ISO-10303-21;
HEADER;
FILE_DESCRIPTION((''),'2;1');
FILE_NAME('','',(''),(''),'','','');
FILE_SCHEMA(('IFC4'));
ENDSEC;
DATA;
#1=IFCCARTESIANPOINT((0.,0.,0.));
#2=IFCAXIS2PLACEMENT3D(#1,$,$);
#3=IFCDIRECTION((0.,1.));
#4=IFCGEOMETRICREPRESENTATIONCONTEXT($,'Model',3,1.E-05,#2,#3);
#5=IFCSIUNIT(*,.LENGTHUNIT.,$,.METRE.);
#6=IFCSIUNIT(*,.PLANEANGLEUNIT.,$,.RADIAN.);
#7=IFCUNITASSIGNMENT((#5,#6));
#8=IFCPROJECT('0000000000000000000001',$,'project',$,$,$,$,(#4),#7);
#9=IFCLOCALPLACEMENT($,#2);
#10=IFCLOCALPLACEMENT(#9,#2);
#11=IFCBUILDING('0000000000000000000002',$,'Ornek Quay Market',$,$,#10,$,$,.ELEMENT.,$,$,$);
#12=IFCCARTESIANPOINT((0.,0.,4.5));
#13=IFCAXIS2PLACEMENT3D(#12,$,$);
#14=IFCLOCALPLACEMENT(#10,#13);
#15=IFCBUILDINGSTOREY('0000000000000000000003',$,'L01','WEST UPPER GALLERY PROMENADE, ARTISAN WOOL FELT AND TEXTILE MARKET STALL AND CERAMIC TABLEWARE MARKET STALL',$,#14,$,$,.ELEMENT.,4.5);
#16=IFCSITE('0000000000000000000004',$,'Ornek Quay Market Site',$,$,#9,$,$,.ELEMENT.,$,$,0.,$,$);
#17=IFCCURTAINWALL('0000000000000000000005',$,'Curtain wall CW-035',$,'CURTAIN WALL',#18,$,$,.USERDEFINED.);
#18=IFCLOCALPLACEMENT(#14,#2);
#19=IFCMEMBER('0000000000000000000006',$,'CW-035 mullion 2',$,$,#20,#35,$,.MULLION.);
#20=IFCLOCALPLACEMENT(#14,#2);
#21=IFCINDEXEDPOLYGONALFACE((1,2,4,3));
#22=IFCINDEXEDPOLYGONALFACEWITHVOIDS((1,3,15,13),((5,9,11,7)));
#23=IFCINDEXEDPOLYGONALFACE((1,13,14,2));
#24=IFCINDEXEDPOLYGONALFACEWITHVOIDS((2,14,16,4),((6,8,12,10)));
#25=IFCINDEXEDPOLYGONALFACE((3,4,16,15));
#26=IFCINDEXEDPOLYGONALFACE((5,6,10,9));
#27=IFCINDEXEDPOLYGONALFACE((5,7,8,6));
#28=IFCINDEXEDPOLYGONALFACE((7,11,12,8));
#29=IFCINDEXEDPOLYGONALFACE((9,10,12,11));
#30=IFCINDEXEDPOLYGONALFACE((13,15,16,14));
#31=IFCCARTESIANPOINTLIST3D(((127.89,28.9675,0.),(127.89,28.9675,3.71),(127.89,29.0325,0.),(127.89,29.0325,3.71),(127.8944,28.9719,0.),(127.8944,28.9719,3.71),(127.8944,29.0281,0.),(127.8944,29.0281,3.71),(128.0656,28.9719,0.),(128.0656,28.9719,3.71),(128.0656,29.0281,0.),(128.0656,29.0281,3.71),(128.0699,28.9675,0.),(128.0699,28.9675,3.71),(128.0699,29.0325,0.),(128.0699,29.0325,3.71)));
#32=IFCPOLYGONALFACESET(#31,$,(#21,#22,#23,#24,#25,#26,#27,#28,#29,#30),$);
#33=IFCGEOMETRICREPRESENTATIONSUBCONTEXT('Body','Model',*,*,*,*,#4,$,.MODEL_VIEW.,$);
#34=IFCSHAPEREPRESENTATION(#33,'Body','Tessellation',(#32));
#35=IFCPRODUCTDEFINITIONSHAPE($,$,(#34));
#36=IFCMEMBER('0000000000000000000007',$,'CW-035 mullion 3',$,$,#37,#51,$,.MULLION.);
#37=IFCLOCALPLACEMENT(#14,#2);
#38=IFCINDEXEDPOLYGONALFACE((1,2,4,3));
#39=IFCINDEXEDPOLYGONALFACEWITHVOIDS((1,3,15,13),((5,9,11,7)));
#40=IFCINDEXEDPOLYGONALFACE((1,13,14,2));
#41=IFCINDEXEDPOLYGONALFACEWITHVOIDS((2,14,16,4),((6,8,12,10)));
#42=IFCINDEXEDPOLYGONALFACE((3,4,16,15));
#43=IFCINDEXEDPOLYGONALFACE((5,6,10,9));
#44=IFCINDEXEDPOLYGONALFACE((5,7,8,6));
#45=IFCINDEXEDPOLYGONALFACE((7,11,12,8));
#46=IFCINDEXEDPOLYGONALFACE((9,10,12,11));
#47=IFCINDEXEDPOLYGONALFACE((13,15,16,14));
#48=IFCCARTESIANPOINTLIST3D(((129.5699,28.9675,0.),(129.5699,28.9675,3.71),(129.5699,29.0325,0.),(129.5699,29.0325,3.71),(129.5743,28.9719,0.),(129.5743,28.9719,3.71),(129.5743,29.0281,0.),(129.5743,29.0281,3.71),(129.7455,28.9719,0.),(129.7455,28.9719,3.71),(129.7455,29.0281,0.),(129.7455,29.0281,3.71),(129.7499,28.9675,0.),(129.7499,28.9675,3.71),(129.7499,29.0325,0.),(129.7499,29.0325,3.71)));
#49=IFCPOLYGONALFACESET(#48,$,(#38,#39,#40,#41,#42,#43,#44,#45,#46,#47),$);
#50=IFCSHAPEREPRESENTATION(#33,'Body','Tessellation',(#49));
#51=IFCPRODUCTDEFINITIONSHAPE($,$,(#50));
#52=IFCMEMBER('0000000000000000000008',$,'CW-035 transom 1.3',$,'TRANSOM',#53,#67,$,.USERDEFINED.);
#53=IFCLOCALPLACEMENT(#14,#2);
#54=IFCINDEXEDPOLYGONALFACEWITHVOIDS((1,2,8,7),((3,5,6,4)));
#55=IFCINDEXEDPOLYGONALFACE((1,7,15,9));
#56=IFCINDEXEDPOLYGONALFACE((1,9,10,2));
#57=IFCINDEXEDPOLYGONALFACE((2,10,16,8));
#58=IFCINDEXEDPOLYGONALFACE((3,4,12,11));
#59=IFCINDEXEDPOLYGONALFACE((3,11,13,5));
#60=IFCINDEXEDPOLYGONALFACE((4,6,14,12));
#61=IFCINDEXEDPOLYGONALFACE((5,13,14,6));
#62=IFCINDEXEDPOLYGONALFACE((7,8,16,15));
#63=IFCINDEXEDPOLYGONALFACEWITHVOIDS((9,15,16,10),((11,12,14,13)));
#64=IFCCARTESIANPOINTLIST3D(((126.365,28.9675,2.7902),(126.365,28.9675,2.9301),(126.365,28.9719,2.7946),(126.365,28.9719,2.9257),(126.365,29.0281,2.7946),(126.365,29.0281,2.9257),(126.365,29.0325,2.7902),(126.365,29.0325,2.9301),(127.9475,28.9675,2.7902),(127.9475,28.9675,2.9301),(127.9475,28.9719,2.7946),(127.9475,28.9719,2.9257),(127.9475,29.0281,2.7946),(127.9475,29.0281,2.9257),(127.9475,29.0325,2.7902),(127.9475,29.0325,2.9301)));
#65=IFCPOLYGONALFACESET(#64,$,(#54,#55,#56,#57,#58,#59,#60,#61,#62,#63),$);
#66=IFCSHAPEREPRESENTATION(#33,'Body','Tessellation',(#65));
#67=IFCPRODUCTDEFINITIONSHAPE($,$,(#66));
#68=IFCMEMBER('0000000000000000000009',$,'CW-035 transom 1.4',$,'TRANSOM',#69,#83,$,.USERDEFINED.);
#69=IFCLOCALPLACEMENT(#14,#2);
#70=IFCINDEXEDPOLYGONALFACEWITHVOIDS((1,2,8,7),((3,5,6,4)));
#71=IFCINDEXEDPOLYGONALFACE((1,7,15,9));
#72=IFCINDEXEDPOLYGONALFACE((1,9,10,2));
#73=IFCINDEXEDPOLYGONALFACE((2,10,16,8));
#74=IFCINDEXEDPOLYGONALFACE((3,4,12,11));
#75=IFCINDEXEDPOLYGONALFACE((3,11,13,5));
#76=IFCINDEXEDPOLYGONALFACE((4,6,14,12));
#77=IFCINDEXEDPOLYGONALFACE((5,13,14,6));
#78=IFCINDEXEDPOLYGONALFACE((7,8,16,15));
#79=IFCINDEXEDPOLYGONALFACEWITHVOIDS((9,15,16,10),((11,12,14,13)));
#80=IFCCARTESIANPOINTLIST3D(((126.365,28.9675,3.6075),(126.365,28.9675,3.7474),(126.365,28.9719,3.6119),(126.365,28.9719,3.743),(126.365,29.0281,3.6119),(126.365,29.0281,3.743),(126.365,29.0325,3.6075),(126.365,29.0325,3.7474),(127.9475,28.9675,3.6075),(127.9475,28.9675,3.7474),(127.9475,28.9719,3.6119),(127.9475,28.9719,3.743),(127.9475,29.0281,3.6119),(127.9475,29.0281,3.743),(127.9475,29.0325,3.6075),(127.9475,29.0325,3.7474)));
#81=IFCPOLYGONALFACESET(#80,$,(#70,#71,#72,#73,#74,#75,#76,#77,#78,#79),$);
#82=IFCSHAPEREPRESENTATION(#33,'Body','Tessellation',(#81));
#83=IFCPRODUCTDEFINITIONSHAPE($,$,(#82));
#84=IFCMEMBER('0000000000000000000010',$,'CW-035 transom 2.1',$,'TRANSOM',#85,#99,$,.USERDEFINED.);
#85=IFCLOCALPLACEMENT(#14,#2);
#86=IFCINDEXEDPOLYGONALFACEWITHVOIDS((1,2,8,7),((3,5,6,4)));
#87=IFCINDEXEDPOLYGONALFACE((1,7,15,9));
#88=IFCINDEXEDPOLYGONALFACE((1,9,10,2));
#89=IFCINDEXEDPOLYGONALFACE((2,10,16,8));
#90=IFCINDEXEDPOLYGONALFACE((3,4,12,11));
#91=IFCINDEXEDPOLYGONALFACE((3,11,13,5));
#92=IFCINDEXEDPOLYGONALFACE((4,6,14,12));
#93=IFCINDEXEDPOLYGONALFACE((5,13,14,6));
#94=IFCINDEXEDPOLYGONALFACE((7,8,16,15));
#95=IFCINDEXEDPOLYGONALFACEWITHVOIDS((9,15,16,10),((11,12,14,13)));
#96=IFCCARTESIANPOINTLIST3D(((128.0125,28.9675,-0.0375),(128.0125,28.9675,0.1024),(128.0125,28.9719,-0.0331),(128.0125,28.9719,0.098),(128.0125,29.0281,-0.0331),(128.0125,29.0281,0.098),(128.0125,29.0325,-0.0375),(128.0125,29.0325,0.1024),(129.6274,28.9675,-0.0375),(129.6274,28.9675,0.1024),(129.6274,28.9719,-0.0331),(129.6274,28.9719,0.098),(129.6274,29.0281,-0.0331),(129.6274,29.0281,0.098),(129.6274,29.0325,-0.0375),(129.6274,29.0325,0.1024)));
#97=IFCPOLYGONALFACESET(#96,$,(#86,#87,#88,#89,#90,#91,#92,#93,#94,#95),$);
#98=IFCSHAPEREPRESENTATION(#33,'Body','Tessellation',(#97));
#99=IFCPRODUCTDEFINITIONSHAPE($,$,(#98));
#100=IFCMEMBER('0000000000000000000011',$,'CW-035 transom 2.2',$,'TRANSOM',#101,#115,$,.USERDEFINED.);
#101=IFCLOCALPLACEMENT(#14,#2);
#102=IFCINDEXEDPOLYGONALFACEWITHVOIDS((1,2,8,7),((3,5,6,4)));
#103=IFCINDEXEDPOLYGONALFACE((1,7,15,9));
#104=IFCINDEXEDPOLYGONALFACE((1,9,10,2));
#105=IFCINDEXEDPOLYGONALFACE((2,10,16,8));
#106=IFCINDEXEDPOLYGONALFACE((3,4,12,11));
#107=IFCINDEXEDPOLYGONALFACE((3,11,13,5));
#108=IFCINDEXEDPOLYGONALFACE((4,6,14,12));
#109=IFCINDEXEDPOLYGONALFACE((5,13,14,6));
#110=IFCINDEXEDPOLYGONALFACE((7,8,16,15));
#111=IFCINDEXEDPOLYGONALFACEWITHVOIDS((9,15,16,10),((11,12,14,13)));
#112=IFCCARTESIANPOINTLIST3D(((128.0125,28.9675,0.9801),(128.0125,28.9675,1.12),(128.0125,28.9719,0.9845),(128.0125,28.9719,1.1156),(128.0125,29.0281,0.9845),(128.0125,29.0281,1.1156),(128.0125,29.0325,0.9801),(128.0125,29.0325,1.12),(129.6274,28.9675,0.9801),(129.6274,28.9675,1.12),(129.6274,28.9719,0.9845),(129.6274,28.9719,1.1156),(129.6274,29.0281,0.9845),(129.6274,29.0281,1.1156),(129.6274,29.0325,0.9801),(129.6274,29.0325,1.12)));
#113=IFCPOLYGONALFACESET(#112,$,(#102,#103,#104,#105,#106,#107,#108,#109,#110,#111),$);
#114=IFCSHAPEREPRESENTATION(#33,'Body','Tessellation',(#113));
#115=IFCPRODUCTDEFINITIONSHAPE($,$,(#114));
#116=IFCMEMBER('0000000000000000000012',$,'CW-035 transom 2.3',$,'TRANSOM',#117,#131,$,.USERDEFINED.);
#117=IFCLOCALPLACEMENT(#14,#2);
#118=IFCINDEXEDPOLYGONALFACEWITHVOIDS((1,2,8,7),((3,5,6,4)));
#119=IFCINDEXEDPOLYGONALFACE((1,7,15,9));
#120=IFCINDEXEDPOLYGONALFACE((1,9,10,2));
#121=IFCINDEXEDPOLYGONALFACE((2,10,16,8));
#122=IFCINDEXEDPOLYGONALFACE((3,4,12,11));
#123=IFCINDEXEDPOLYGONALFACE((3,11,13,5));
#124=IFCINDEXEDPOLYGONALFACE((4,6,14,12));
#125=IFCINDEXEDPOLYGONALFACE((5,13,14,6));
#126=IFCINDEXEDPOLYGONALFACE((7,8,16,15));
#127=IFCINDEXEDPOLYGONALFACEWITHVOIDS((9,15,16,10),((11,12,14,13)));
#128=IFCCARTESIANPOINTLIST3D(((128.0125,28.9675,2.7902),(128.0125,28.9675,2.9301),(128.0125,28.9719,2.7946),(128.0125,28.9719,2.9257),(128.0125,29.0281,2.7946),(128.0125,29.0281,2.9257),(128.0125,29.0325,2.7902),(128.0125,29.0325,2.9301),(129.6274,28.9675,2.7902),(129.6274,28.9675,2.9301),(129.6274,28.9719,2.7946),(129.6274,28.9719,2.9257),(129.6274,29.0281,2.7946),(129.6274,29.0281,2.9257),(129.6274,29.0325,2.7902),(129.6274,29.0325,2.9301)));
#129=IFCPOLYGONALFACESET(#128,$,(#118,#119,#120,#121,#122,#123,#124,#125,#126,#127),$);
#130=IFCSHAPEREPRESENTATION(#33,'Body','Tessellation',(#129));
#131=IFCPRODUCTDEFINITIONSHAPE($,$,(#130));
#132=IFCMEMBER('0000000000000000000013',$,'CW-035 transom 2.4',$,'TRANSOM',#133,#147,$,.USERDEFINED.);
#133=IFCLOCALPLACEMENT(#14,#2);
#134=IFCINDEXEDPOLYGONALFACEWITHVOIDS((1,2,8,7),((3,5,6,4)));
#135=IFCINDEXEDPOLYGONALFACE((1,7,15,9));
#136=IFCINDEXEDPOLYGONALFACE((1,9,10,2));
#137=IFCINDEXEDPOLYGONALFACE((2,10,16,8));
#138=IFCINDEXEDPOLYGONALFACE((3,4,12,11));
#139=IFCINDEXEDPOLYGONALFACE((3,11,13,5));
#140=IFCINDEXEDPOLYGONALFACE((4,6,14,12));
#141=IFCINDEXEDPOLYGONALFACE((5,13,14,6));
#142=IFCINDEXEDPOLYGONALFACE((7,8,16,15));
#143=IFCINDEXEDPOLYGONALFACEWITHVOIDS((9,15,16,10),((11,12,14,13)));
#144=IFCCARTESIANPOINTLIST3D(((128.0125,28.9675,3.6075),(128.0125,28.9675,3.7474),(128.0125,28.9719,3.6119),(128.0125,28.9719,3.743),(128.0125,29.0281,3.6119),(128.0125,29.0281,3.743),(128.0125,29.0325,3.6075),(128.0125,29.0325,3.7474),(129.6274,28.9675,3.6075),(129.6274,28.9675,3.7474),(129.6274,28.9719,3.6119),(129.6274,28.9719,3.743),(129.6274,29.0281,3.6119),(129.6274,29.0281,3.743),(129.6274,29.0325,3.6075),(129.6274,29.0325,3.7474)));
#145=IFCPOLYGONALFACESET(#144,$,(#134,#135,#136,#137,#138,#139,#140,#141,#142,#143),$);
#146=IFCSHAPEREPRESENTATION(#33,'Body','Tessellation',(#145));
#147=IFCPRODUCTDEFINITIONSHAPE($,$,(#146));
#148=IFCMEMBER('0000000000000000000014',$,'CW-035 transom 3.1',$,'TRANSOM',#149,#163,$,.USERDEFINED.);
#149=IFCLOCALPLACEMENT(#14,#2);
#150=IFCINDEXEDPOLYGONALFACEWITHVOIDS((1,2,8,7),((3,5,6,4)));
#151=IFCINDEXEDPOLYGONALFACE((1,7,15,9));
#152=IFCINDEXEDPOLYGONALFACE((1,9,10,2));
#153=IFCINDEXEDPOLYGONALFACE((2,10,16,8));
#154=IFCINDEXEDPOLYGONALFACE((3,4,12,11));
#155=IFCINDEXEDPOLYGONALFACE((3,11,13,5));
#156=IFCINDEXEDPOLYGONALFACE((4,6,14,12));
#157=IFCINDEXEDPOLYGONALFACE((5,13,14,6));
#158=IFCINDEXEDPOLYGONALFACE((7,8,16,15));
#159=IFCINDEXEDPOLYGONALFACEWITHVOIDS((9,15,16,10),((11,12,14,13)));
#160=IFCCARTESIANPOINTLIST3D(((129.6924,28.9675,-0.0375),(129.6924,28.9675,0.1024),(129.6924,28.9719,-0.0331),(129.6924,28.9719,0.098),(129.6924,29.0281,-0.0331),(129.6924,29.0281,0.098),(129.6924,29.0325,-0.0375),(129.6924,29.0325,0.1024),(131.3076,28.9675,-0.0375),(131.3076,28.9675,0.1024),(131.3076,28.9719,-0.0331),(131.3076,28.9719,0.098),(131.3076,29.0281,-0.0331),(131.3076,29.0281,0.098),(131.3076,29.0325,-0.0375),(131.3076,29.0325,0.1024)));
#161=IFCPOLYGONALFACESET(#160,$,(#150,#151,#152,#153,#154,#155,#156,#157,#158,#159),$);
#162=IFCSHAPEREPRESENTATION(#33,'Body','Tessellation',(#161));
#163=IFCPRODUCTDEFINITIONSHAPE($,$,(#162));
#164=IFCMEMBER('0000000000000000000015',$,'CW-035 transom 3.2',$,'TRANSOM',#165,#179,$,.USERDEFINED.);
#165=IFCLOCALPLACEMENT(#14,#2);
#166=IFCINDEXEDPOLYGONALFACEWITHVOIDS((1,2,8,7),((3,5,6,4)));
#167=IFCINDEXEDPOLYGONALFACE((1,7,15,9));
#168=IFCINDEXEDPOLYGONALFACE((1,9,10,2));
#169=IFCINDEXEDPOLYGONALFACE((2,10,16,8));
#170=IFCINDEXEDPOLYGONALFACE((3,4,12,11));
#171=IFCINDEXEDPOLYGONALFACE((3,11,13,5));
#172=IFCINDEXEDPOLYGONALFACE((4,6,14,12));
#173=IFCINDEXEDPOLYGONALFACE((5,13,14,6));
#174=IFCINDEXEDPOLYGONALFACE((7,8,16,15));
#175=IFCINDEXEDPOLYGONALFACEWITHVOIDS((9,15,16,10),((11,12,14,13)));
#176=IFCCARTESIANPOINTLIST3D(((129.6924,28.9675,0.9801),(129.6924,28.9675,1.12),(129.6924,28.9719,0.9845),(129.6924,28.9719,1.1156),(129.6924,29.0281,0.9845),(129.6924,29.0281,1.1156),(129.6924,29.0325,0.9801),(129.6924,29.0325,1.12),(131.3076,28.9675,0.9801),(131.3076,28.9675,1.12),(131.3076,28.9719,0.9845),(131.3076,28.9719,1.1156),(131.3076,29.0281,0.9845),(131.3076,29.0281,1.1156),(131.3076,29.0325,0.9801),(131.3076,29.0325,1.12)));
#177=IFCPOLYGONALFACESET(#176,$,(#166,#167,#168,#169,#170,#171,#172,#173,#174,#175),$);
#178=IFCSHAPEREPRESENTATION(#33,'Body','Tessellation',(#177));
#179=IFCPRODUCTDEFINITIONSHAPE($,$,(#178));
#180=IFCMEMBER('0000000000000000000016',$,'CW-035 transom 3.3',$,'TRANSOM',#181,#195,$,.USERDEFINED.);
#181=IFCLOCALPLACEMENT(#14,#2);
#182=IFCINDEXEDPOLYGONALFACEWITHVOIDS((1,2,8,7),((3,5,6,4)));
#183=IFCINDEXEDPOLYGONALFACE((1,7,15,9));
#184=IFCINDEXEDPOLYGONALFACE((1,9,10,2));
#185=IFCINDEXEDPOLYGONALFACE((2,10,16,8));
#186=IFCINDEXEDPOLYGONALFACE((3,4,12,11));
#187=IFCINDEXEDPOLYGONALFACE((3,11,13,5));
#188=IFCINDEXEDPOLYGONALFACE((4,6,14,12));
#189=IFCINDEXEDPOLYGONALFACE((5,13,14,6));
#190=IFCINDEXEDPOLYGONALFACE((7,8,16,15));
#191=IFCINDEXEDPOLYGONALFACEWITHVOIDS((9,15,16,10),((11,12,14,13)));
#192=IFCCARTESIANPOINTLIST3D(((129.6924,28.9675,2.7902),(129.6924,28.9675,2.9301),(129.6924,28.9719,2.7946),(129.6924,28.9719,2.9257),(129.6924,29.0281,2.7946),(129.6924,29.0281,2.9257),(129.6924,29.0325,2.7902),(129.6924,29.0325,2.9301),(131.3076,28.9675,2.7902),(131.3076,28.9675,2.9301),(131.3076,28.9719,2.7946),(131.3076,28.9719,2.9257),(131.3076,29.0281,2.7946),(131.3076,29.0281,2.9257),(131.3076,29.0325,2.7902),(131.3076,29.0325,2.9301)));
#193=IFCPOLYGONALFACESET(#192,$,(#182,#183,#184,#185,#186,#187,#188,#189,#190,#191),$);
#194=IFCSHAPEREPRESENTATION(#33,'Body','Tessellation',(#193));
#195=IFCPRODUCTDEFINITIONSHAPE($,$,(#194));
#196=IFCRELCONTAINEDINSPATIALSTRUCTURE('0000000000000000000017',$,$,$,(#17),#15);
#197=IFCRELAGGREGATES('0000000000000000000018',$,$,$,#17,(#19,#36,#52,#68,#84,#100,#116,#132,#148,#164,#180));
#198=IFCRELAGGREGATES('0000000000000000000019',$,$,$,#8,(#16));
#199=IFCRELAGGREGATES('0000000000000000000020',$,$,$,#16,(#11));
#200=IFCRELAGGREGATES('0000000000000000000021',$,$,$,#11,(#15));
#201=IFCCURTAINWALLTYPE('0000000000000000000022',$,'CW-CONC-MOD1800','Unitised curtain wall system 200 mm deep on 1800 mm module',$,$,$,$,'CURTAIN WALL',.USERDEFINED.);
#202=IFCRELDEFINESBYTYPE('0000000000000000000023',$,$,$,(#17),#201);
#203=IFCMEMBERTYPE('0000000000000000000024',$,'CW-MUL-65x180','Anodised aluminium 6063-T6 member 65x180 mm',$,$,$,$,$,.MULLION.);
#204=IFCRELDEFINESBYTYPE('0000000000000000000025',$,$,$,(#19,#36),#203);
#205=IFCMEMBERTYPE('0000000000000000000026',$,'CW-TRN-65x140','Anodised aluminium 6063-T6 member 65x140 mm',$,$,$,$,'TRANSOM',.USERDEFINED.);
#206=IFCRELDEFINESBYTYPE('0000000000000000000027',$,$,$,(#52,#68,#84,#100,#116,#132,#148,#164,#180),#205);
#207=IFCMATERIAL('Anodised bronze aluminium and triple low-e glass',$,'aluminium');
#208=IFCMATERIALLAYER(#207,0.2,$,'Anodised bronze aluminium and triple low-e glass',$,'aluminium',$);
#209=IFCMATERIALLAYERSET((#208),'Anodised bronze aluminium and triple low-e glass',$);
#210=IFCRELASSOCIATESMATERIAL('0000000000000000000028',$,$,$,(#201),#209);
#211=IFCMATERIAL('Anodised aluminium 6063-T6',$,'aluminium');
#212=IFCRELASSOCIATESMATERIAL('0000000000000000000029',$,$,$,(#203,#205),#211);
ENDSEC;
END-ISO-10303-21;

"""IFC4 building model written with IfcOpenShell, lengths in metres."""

from ifc_helpers import new_model, si_unit, direction, frame, origin, origin_2d, place, context, subcontext, project, spatial, hollow_rectangle, extrude, material, layer, layer_set, material_profile, profile_set, type_object, element, aggregate, save


model = new_model("IFC4")

# Units and contexts
model_context = context("Model", 3, precision=1e-05, world=origin(), true_north=direction((0.0, 1.0)))
body_context = subcontext(model_context, "Body", "Model", "MODEL_VIEW")
ifc_project = project(units=[si_unit("LENGTHUNIT", "METRE"), si_unit("PLANEANGLEUNIT", "RADIAN")], contexts=[model_context])

# Site, building, storey
site_placement = place(None, origin())
site = spatial("IfcSite", under=ifc_project, at=site_placement, Name="Ornek Quay Market Site", CompositionType="ELEMENT", RefElevation=0.0)
building_placement = place(site_placement, origin())
building = spatial("IfcBuilding", under=site, at=building_placement, Name="Ornek Quay Market", CompositionType="ELEMENT")
storey_placement = place(building_placement, frame((0.0, 0.0, 4.5)))
storey = spatial("IfcBuildingStorey", under=building, at=storey_placement, Name="L01", Description="WEST UPPER GALLERY PROMENADE, ARTISAN WOOL FELT AND TEXTILE MARKET STALL AND CERAMIC TABLEWARE MARKET STALL", CompositionType="ELEMENT", Elevation=4.5)

# Curtain wall, members
ifc_material_1 = material(Name="Anodised bronze aluminium and triple low-e glass", Category="aluminium")
ifc_layer_1 = layer(ifc_material_1, 0.2, Name="Anodised bronze aluminium and triple low-e glass", Category="aluminium")
ifc_layer_set_1 = layer_set([ifc_layer_1], Name="Anodised bronze aluminium and triple low-e glass")
curtain_wall_type = type_object("IfcCurtainWallType", Name="CW-CONC-MOD1800", Description="Unitised curtain wall system 200 mm deep on 1800 mm module", ElementType="CURTAIN WALL", PredefinedType="USERDEFINED", material=ifc_layer_set_1)
curtain_wall_placement = place(storey_placement, origin())
curtain_wall = element("IfcCurtainWall", 1, at=curtain_wall_placement, inside=storey, type_object=curtain_wall_type, Name="Curtain wall CW-035", ObjectType="CURTAIN WALL", PredefinedType="USERDEFINED")
ifc_material_2 = material(Name="Anodised aluminium 6063-T6", Category="aluminium")
ifc_material_profile_1 = material_profile(ifc_material_2, hollow_rectangle(XDim=0.0649, YDim=0.1799, WallThickness=0.0044, at=origin_2d()), Name="CW-MUL-65x180", Category="aluminium")
ifc_profile_set_1 = profile_set([ifc_material_profile_1], Name="Anodised aluminium 6063-T6")
member_type_1 = type_object("IfcMemberType", Name="CW-MUL-65x180", Description="Anodised aluminium 6063-T6 member 65x180 mm", PredefinedType="MULLION", material=ifc_profile_set_1)
member_1_placement = place(storey_placement, frame((127.98, 29.0, 0.0), z_axis=(0.0, 0.0, 1.0), x_axis=(0.0, 1.0, 0.0)))
member_1 = element("IfcMember", 2, at=member_1_placement, type_object=member_type_1, Name="CW-035 mullion 2", PredefinedType="MULLION", context=body_context, shape_type="SweptSolid", body=[
    extrude(hollow_rectangle(XDim=0.0649, YDim=0.1799, WallThickness=0.0044, at=origin_2d()), origin(), (0.0, 0.0, 1.0), 3.71),
])
member_2_placement = place(storey_placement, frame((129.6599, 29.0, 0.0), z_axis=(0.0, 0.0, 1.0), x_axis=(0.0, 1.0, 0.0)))
member_2 = element("IfcMember", 3, at=member_2_placement, type_object=member_type_1, Name="CW-035 mullion 3", PredefinedType="MULLION", context=body_context, shape_type="SweptSolid", body=[
    extrude(hollow_rectangle(XDim=0.0649, YDim=0.1799, WallThickness=0.0044, at=origin_2d()), origin(), (0.0, 0.0, 1.0), 3.71),
])
ifc_material_profile_2 = material_profile(ifc_material_2, hollow_rectangle(XDim=0.0649, YDim=0.1399, WallThickness=0.0044, at=origin_2d()), Name="CW-TRN-65x140", Category="aluminium")
ifc_profile_set_2 = profile_set([ifc_material_profile_2], Name="Anodised aluminium 6063-T6")
member_type_2 = type_object("IfcMemberType", Name="CW-TRN-65x140", Description="Anodised aluminium 6063-T6 member 65x140 mm", ElementType="TRANSOM", PredefinedType="USERDEFINED", material=ifc_profile_set_2)
member_3_placement = place(storey_placement, frame((126.365, 29.0, 2.8601), z_axis=(1.0, 0.0, 0.0), x_axis=(0.0, 1.0, 0.0)))
member_3 = element("IfcMember", 4, at=member_3_placement, type_object=member_type_2, Name="CW-035 transom 1.3", ObjectType="TRANSOM", PredefinedType="USERDEFINED", context=body_context, shape_type="SweptSolid", body=[
    extrude(hollow_rectangle(XDim=0.0649, YDim=0.1399, WallThickness=0.0044, at=origin_2d()), origin(), (0.0, 0.0, 1.0), 1.5825),
])
member_4_placement = place(storey_placement, frame((126.365, 29.0, 3.6775), z_axis=(1.0, 0.0, 0.0), x_axis=(0.0, 1.0, 0.0)))
member_4 = element("IfcMember", 5, at=member_4_placement, type_object=member_type_2, Name="CW-035 transom 1.4", ObjectType="TRANSOM", PredefinedType="USERDEFINED", context=body_context, shape_type="SweptSolid", body=[
    extrude(hollow_rectangle(XDim=0.0649, YDim=0.1399, WallThickness=0.0044, at=origin_2d()), origin(), (0.0, 0.0, 1.0), 1.5825),
])
member_5_placement = place(storey_placement, frame((128.0125, 29.0, 0.0325), z_axis=(1.0, 0.0, 0.0), x_axis=(0.0, 1.0, 0.0)))
member_5 = element("IfcMember", 6, at=member_5_placement, type_object=member_type_2, Name="CW-035 transom 2.1", ObjectType="TRANSOM", PredefinedType="USERDEFINED", context=body_context, shape_type="SweptSolid", body=[
    extrude(hollow_rectangle(XDim=0.0649, YDim=0.1399, WallThickness=0.0044, at=origin_2d()), origin(), (0.0, 0.0, 1.0), 1.615),
])
member_6_placement = place(storey_placement, frame((128.0125, 29.0, 1.05), z_axis=(1.0, 0.0, 0.0), x_axis=(0.0, 1.0, 0.0)))
member_6 = element("IfcMember", 7, at=member_6_placement, type_object=member_type_2, Name="CW-035 transom 2.2", ObjectType="TRANSOM", PredefinedType="USERDEFINED", context=body_context, shape_type="SweptSolid", body=[
    extrude(hollow_rectangle(XDim=0.0649, YDim=0.1399, WallThickness=0.0044, at=origin_2d()), origin(), (0.0, 0.0, 1.0), 1.615),
])
member_7_placement = place(storey_placement, frame((128.0125, 29.0, 2.8601), z_axis=(1.0, 0.0, 0.0), x_axis=(0.0, 1.0, 0.0)))
member_7 = element("IfcMember", 8, at=member_7_placement, type_object=member_type_2, Name="CW-035 transom 2.3", ObjectType="TRANSOM", PredefinedType="USERDEFINED", context=body_context, shape_type="SweptSolid", body=[
    extrude(hollow_rectangle(XDim=0.0649, YDim=0.1399, WallThickness=0.0044, at=origin_2d()), origin(), (0.0, 0.0, 1.0), 1.615),
])
member_8_placement = place(storey_placement, frame((128.0125, 29.0, 3.6775), z_axis=(1.0, 0.0, 0.0), x_axis=(0.0, 1.0, 0.0)))
member_8 = element("IfcMember", 9, at=member_8_placement, type_object=member_type_2, Name="CW-035 transom 2.4", ObjectType="TRANSOM", PredefinedType="USERDEFINED", context=body_context, shape_type="SweptSolid", body=[
    extrude(hollow_rectangle(XDim=0.0649, YDim=0.1399, WallThickness=0.0044, at=origin_2d()), origin(), (0.0, 0.0, 1.0), 1.615),
])
member_9_placement = place(storey_placement, frame((129.6924, 29.0, 0.0325), z_axis=(1.0, 0.0, 0.0), x_axis=(0.0, 1.0, 0.0)))
member_9 = element("IfcMember", 10, at=member_9_placement, type_object=member_type_2, Name="CW-035 transom 3.1", ObjectType="TRANSOM", PredefinedType="USERDEFINED", context=body_context, shape_type="SweptSolid", body=[
    extrude(hollow_rectangle(XDim=0.0649, YDim=0.1399, WallThickness=0.0044, at=origin_2d()), origin(), (0.0, 0.0, 1.0), 1.6152),
])
member_10_placement = place(storey_placement, frame((129.6924, 29.0, 1.05), z_axis=(1.0, 0.0, 0.0), x_axis=(0.0, 1.0, 0.0)))
member_10 = element("IfcMember", 11, at=member_10_placement, type_object=member_type_2, Name="CW-035 transom 3.2", ObjectType="TRANSOM", PredefinedType="USERDEFINED", context=body_context, shape_type="SweptSolid", body=[
    extrude(hollow_rectangle(XDim=0.0649, YDim=0.1399, WallThickness=0.0044, at=origin_2d()), origin(), (0.0, 0.0, 1.0), 1.6152),
])
member_11_placement = place(storey_placement, frame((129.6924, 29.0, 2.8601), z_axis=(1.0, 0.0, 0.0), x_axis=(0.0, 1.0, 0.0)))
member_11 = element("IfcMember", 12, at=member_11_placement, type_object=member_type_2, Name="CW-035 transom 3.3", ObjectType="TRANSOM", PredefinedType="USERDEFINED", context=body_context, shape_type="SweptSolid", body=[
    extrude(hollow_rectangle(XDim=0.0649, YDim=0.1399, WallThickness=0.0044, at=origin_2d()), origin(), (0.0, 0.0, 1.0), 1.6152),
])
aggregate(curtain_wall, [member_1, member_2, member_3, member_4, member_5, member_6, member_7, member_8, member_9, member_10, member_11])

save(model, "model.ifc")
